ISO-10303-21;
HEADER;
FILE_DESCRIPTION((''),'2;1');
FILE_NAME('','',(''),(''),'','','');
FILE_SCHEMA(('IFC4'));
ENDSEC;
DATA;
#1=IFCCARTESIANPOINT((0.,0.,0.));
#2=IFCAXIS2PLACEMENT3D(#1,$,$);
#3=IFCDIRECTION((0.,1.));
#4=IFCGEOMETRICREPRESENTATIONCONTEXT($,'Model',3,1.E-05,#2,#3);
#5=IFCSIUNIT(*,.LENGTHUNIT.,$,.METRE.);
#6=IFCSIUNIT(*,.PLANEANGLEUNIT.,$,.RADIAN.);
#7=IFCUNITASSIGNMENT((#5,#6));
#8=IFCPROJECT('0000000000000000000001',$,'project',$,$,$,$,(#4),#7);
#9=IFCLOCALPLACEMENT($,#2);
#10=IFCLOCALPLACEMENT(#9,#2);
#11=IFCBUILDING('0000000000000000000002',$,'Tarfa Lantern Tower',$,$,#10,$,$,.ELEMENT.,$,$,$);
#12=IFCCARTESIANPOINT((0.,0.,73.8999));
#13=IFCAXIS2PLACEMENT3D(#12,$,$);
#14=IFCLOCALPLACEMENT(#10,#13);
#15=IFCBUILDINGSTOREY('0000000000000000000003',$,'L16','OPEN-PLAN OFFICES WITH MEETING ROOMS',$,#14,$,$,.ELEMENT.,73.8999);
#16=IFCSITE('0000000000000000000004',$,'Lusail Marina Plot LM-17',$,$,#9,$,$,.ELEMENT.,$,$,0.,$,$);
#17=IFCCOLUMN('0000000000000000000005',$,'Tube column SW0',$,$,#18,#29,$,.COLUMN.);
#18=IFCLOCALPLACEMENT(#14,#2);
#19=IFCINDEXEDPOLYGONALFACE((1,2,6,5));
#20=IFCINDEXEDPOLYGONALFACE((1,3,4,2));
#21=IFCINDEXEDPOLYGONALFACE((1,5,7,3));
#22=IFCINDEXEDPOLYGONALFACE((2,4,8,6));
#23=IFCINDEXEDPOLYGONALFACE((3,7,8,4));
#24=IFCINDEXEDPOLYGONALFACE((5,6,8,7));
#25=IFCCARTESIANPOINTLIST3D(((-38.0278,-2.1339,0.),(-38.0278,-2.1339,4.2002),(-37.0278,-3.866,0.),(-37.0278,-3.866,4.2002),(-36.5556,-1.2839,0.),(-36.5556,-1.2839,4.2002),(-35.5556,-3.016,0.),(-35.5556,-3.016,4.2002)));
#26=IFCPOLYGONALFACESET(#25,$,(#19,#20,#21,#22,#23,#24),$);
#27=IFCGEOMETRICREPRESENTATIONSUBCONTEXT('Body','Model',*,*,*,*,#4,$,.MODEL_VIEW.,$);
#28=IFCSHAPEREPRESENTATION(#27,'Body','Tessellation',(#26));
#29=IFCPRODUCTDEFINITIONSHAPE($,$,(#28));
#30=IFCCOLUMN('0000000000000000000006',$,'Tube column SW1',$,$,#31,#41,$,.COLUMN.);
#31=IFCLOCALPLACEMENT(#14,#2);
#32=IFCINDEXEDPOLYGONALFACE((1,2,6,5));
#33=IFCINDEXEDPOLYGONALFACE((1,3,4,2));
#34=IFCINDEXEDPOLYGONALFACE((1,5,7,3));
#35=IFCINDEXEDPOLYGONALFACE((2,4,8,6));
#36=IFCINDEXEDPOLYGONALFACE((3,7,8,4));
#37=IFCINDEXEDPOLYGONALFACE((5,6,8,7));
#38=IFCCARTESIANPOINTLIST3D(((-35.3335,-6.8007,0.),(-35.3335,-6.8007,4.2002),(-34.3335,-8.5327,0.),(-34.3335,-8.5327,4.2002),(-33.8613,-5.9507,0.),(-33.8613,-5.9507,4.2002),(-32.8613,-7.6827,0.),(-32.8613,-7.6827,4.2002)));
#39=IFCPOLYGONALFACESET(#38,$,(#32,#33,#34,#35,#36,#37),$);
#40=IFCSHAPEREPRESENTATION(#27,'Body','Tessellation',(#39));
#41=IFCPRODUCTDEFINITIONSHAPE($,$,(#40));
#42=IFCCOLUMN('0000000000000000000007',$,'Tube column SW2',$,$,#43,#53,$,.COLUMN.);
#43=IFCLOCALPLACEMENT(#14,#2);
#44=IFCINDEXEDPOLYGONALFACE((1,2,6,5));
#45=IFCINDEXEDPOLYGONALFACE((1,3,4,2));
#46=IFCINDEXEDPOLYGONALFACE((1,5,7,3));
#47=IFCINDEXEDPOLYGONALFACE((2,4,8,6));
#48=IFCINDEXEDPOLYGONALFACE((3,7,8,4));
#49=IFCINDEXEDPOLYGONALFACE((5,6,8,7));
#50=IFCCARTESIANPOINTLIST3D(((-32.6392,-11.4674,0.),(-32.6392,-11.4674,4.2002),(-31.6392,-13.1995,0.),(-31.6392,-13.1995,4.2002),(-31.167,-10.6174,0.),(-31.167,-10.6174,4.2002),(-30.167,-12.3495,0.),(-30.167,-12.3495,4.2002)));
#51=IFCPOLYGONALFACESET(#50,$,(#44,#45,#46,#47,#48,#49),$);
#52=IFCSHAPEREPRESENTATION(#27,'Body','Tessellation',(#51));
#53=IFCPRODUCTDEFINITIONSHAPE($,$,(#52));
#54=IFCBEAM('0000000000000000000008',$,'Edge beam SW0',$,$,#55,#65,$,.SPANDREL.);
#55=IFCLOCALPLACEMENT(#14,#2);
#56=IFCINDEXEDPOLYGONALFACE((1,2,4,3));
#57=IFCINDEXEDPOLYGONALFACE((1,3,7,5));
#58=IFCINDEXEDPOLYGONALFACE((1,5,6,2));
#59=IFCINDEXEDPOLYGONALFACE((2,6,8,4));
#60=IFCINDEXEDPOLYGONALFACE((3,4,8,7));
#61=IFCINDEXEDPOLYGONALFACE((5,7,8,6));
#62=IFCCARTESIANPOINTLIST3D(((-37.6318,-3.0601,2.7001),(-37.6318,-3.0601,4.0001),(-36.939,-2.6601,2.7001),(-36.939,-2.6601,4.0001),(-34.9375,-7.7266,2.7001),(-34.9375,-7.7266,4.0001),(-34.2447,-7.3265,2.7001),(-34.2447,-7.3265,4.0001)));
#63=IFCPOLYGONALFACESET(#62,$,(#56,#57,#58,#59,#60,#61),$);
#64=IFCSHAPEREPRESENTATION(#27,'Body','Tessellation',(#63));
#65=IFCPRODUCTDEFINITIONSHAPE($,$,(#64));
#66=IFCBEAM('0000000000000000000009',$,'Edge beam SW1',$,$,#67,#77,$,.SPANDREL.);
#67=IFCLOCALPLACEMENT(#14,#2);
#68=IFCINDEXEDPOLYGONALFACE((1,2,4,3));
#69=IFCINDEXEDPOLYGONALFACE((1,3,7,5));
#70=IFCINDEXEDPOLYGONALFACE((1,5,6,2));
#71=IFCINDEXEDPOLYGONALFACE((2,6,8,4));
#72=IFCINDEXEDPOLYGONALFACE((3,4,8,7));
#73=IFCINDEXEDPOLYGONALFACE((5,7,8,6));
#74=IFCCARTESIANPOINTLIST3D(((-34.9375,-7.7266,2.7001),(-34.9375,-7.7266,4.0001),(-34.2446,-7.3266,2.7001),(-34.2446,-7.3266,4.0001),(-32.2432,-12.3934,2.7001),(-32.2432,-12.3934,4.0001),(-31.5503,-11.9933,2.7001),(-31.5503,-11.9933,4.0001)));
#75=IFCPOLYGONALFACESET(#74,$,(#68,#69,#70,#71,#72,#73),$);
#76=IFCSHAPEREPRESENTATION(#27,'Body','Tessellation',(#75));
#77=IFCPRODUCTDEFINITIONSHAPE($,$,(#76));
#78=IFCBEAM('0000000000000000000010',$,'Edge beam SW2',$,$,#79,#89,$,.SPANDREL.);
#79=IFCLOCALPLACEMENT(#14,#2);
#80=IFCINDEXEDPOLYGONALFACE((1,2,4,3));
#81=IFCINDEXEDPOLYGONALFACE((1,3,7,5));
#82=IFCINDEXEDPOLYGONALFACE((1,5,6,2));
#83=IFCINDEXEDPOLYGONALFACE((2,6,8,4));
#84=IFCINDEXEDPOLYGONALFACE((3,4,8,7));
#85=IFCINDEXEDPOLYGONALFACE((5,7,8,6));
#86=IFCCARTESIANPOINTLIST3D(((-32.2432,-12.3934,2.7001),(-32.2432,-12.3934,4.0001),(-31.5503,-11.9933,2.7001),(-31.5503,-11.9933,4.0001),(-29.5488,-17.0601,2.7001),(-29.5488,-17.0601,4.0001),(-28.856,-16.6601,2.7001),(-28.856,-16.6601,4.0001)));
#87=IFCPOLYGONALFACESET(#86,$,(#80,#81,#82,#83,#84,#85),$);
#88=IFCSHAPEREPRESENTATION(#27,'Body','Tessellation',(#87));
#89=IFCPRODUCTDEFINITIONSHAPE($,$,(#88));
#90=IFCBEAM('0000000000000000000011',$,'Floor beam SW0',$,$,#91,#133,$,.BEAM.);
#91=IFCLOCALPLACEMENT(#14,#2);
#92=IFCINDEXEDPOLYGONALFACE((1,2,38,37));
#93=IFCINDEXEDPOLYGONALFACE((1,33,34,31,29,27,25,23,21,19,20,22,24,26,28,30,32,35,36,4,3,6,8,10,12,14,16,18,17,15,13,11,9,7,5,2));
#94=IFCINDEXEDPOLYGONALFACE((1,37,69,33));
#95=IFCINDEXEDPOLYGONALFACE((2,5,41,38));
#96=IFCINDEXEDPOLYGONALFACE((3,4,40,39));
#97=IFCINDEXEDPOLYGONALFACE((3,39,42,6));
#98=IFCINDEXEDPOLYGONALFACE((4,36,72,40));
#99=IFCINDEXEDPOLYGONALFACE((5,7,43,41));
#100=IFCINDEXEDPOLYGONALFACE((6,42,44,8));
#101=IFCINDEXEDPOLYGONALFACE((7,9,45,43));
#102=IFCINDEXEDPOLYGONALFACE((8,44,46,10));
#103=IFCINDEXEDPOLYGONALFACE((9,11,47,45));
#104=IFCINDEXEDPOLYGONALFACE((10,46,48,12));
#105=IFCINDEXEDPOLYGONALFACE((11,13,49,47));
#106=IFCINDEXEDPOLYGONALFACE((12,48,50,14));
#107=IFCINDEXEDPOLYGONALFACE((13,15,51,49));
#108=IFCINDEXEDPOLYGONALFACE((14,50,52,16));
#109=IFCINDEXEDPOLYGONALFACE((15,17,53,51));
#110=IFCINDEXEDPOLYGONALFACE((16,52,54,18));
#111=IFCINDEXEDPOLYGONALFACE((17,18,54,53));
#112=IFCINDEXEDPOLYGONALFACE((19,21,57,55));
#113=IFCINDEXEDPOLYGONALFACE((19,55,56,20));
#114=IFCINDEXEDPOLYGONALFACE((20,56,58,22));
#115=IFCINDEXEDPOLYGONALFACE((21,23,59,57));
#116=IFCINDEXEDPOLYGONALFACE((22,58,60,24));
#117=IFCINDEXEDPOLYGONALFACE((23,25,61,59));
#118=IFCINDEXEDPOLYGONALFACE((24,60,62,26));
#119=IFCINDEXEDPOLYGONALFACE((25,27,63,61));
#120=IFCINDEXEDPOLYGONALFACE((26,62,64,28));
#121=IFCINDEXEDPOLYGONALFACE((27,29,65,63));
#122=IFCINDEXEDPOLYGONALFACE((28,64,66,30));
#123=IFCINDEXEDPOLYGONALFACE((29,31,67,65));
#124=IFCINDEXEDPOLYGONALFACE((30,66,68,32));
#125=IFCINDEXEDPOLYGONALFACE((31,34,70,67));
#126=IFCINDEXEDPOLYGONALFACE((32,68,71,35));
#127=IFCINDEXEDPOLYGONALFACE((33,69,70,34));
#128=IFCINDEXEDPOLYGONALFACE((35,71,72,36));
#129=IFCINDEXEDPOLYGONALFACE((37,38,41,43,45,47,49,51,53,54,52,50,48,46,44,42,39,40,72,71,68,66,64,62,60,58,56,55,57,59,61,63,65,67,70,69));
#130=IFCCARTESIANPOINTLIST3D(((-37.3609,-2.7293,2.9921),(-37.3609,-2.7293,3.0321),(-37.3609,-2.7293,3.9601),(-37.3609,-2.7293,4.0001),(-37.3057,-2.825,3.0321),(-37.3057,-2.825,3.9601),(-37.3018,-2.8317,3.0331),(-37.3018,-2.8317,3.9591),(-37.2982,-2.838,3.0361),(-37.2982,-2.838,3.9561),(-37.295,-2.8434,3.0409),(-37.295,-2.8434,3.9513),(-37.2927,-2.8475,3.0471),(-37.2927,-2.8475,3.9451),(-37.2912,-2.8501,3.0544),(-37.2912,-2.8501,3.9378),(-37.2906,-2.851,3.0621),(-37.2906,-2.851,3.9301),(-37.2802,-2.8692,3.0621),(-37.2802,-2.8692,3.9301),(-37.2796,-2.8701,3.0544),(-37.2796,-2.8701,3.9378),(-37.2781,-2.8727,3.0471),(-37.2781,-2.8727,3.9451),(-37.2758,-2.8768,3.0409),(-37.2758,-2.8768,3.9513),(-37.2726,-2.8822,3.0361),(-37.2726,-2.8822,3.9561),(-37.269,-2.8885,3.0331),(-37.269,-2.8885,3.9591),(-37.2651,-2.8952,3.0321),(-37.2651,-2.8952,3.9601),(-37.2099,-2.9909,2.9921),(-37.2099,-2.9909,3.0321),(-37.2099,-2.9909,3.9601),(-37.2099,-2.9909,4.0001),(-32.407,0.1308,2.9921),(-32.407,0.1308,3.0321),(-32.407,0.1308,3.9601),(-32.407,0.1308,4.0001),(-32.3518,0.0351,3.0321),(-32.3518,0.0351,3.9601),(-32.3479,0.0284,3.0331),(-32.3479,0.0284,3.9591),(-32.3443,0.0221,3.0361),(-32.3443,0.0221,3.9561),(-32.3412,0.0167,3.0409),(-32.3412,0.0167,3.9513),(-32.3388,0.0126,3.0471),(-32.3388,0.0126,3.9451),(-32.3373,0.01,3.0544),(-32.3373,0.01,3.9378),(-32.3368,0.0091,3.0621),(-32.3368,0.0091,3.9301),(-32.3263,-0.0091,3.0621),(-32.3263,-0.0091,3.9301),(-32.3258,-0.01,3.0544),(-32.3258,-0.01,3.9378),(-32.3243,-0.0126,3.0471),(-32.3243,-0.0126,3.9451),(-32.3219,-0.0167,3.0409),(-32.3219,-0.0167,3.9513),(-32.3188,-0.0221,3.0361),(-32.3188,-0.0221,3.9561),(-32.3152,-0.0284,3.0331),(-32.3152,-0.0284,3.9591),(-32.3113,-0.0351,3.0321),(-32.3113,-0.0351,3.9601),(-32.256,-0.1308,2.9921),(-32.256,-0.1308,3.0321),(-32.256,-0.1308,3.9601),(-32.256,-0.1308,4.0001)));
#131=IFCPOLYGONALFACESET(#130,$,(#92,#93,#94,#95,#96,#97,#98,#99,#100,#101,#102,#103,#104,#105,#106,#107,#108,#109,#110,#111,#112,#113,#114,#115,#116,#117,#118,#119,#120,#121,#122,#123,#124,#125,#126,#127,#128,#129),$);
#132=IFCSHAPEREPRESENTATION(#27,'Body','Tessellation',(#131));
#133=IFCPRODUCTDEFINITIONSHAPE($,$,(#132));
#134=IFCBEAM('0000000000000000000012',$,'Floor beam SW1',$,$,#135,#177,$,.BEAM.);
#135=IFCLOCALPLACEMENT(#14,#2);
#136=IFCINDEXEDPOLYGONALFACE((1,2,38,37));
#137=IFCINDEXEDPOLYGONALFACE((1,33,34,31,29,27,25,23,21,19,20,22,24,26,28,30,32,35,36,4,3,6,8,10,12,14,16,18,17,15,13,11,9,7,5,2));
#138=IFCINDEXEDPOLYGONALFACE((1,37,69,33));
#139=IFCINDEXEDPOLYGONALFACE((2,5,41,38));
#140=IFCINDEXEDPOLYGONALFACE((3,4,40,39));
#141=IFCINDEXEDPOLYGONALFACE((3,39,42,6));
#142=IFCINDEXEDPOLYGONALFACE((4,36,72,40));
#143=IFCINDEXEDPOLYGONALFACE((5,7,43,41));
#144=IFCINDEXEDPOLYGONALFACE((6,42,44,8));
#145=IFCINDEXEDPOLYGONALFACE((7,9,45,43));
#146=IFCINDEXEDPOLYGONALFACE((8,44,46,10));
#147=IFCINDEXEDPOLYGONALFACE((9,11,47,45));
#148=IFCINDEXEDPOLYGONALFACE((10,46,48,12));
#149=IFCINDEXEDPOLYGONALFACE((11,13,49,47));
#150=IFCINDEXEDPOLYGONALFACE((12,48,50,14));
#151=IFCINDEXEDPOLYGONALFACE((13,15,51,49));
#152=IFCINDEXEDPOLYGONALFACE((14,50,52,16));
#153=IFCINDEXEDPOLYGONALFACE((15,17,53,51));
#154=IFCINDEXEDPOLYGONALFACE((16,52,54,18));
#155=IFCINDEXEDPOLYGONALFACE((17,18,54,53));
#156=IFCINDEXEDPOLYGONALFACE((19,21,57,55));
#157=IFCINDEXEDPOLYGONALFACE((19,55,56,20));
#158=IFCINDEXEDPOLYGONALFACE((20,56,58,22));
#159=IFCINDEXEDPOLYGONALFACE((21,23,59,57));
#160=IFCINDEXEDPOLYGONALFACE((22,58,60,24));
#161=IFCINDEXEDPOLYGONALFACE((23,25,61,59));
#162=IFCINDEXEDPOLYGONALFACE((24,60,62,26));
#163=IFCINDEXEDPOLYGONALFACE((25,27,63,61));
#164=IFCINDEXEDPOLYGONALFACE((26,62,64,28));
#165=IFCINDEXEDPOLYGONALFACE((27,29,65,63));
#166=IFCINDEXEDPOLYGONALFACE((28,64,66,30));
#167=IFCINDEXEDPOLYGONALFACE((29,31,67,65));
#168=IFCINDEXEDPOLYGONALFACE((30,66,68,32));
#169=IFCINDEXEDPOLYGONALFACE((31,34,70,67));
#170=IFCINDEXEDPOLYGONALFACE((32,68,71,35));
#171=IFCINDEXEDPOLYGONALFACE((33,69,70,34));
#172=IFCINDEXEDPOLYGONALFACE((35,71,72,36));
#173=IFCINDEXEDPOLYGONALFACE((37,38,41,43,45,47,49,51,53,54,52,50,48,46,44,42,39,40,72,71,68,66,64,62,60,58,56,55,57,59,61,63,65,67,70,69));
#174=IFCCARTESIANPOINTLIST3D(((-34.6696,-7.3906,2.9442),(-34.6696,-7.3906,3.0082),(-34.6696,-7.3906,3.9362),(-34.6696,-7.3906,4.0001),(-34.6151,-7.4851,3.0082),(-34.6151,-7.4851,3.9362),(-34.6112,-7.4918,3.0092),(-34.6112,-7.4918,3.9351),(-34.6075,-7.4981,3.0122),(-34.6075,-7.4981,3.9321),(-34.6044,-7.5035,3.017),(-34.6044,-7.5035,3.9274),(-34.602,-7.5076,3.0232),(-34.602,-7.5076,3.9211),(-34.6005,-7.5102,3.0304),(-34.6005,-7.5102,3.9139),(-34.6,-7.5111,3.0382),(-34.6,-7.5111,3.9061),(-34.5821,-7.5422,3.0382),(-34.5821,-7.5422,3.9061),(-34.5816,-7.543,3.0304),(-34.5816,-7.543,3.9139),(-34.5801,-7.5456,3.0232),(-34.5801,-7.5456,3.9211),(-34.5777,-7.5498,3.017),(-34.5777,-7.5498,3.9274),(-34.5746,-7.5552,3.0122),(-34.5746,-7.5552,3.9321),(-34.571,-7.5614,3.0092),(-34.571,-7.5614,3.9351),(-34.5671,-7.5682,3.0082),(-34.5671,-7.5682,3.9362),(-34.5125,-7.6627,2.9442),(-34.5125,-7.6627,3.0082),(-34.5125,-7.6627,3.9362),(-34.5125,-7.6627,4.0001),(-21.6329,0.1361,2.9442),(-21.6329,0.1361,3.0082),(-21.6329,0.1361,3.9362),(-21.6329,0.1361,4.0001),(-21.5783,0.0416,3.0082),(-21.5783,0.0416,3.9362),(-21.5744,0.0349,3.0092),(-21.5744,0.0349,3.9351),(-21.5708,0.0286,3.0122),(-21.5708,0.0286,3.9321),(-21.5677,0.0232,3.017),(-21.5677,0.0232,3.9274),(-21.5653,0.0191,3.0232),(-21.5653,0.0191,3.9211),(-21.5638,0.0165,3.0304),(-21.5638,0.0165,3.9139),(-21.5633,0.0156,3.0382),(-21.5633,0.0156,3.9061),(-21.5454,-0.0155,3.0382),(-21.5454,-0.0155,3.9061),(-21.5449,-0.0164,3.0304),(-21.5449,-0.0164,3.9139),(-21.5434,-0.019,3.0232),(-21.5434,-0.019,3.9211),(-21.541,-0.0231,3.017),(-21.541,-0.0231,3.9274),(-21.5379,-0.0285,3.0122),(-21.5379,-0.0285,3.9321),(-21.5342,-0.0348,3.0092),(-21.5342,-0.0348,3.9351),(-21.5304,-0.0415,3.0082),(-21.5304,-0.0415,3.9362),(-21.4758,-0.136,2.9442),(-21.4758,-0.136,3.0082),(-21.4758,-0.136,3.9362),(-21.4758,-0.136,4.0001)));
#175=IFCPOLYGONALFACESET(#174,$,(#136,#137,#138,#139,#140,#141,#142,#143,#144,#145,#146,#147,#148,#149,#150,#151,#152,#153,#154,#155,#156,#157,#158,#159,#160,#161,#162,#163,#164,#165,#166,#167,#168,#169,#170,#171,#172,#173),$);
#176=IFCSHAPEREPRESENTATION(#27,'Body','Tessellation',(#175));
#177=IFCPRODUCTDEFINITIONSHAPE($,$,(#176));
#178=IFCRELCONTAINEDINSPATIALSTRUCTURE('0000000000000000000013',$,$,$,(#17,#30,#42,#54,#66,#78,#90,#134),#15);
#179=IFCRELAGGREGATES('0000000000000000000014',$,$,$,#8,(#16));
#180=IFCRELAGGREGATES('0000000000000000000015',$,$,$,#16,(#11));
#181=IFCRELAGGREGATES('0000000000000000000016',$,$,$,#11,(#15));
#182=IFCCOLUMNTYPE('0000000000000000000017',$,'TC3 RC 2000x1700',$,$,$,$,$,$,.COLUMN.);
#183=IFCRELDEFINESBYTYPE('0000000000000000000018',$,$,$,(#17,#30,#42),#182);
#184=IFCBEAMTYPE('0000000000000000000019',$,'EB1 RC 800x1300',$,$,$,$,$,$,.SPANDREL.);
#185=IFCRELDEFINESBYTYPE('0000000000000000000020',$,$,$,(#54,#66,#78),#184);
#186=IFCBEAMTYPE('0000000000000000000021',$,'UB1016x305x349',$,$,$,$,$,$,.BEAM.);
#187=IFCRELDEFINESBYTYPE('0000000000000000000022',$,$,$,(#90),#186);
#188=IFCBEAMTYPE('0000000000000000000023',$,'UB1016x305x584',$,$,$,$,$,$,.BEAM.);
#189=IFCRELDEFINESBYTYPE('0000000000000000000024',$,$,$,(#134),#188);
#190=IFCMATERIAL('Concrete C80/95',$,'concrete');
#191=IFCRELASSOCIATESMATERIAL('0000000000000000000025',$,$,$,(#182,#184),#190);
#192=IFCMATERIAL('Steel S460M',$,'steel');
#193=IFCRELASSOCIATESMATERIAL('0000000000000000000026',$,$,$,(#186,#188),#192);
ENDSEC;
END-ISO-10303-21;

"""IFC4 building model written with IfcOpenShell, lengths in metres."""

from ifc_helpers import new_model, si_unit, direction, frame, origin, origin_2d, place, context, subcontext, project, spatial, rectangle, i_section, extrude, material, material_profile, profile_set, type_object, element, save


model = new_model("IFC4")

# Units and contexts
model_context = context("Model", 3, precision=1e-05, world=origin(), true_north=direction((0.0, 1.0)))
body_context = subcontext(model_context, "Body", "Model", "MODEL_VIEW")
ifc_project = project(units=[si_unit("LENGTHUNIT", "METRE"), si_unit("PLANEANGLEUNIT", "RADIAN")], contexts=[model_context])

# Site, building, storey
site_placement = place(None, origin())
site = spatial("IfcSite", under=ifc_project, at=site_placement, Name="Lusail Marina Plot LM-17", CompositionType="ELEMENT", RefElevation=0.0)
building_placement = place(site_placement, origin())
building = spatial("IfcBuilding", under=site, at=building_placement, Name="Tarfa Lantern Tower", CompositionType="ELEMENT")
storey_placement = place(building_placement, frame((0.0, 0.0, 73.8999)))
storey = spatial("IfcBuildingStorey", under=building, at=storey_placement, Name="L16", Description="OPEN-PLAN OFFICES WITH MEETING ROOMS", CompositionType="ELEMENT", Elevation=73.8999)

# Columns
ifc_material_1 = material(Name="Concrete C80/95", Category="concrete")
ifc_material_profile_1 = material_profile(ifc_material_1, rectangle(XDim=2.0, YDim=1.7, at=origin_2d()), Name="RC 2000x1700")
ifc_profile_set_1 = profile_set([ifc_material_profile_1], Name="Concrete C80/95")
column_type = type_object("IfcColumnType", Name="TC3 RC 2000x1700", PredefinedType="COLUMN", material=ifc_profile_set_1)
for number, where, z_axis, x_axis, name in (
    (1, (-36.7917, -2.575, 0.0), (0.0, 0.0, 1.0), (0.5, -0.866025, 0.0), "Tube column SW0"),
    (2, (-34.0974, -7.2417, 0.0), (0.0, 0.0, 1.0), (0.5, -0.866025, 0.0), "Tube column SW1"),
    (3, (-31.4031, -11.9084, 0.0), (0.0, 0.0, 1.0), (0.5, -0.866025, 0.0), "Tube column SW2"),
):
    element("IfcColumn", number, at=place(storey_placement, frame(where, z_axis=z_axis, x_axis=x_axis)), inside=storey, type_object=column_type, Name=name, PredefinedType="COLUMN", context=body_context, shape_type="SweptSolid", body=[
        extrude(rectangle(XDim=2.0, YDim=1.7, at=origin_2d()), origin(), (0.0, 0.0, 1.0), 4.2002),
    ])

# Beams
ifc_material_profile_2 = material_profile(ifc_material_1, rectangle(XDim=0.8, YDim=1.3, at=origin_2d()), Name="RC 800x1300")
ifc_profile_set_2 = profile_set([ifc_material_profile_2], Name="Concrete C80/95")
beam_type_1 = type_object("IfcBeamType", Name="EB1 RC 800x1300", PredefinedType="SPANDREL", material=ifc_profile_set_2)
beam_1_placement = place(storey_placement, frame((-37.2854, -2.8601, 3.3501), z_axis=(0.500018, -0.866015, 0.0), x_axis=(0.866015, 0.500018, 0.0)))
element("IfcBeam", 4, at=beam_1_placement, inside=storey, type_object=beam_type_1, Name="Edge beam SW0", PredefinedType="SPANDREL", context=body_context, shape_type="SweptSolid", body=[
    extrude(rectangle(XDim=0.8, YDim=1.3, at=origin_2d()), origin(), (0.0, 0.0, 1.0), 5.3884),
])
for number, where, z_axis, x_axis, name in (
    (5, (-34.5911, -7.5266, 3.3501), (0.499998, -0.866026, 0.0), (0.866026, 0.499998, 0.0), "Edge beam SW1"),
    (6, (-31.8967, -12.1934, 3.3501), (0.499998, -0.866026, 0.0), (0.866026, 0.499998, 0.0), "Edge beam SW2"),
):
    element("IfcBeam", number, at=place(storey_placement, frame(where, z_axis=z_axis, x_axis=x_axis)), inside=storey, type_object=beam_type_1, Name=name, PredefinedType="SPANDREL", context=body_context, shape_type="SweptSolid", body=[
        extrude(rectangle(XDim=0.8, YDim=1.3, at=origin_2d()), origin(), (0.0, 0.0, 1.0), 5.3887),
    ])
ifc_material_2 = material(Name="Steel S460M", Category="steel")
ifc_material_profile_3 = material_profile(ifc_material_2, i_section(OverallWidth=0.302, OverallDepth=1.0081, WebThickness=0.021, FlangeThickness=0.04, FilletRadius=0.03, at=origin_2d()), Name="UB1016x305x349")
ifc_profile_set_3 = profile_set([ifc_material_profile_3], Name="Steel S460M")
beam_type_2 = type_object("IfcBeamType", Name="UB1016x305x349", PredefinedType="BEAM", material=ifc_profile_set_3)
beam_2_placement = place(storey_placement, frame((-37.2854, -2.8601, 3.4961), z_axis=(0.866026, 0.5, 0.0), x_axis=(-0.5, 0.866026, 0.0)))
element("IfcBeam", 7, at=beam_2_placement, inside=storey, type_object=beam_type_2, Name="Floor beam SW0", PredefinedType="BEAM", context=body_context, shape_type="SweptSolid", body=[
    extrude(i_section(OverallWidth=0.302, OverallDepth=1.0081, WebThickness=0.021, FlangeThickness=0.04, FilletRadius=0.03, at=origin_2d()), origin(), (0.0, 0.0, 1.0), 5.7202),
])
ifc_material_profile_4 = material_profile(ifc_material_2, i_section(OverallWidth=0.3142, OverallDepth=1.0559, WebThickness=0.0359, FlangeThickness=0.064, FilletRadius=0.03, at=origin_2d()), Name="UB1016x305x584")
ifc_profile_set_4 = profile_set([ifc_material_profile_4], Name="Steel S460M")
beam_type_3 = type_object("IfcBeamType", Name="UB1016x305x584", PredefinedType="BEAM", material=ifc_profile_set_4)
beam_3_placement = place(storey_placement, frame((-34.5911, -7.5266, 3.4722), z_axis=(0.866028, 0.499996, 0.0), x_axis=(-0.499996, 0.866028, 0.0)))
element("IfcBeam", 8, at=beam_3_placement, inside=storey, type_object=beam_type_3, Name="Floor beam SW1", PredefinedType="BEAM", context=body_context, shape_type="SweptSolid", body=[
    extrude(i_section(OverallWidth=0.3142, OverallDepth=1.0559, WebThickness=0.0359, FlangeThickness=0.064, FilletRadius=0.03, at=origin_2d()), origin(), (0.0, 0.0, 1.0), 15.0535),
])

save(model, "model.ifc")
